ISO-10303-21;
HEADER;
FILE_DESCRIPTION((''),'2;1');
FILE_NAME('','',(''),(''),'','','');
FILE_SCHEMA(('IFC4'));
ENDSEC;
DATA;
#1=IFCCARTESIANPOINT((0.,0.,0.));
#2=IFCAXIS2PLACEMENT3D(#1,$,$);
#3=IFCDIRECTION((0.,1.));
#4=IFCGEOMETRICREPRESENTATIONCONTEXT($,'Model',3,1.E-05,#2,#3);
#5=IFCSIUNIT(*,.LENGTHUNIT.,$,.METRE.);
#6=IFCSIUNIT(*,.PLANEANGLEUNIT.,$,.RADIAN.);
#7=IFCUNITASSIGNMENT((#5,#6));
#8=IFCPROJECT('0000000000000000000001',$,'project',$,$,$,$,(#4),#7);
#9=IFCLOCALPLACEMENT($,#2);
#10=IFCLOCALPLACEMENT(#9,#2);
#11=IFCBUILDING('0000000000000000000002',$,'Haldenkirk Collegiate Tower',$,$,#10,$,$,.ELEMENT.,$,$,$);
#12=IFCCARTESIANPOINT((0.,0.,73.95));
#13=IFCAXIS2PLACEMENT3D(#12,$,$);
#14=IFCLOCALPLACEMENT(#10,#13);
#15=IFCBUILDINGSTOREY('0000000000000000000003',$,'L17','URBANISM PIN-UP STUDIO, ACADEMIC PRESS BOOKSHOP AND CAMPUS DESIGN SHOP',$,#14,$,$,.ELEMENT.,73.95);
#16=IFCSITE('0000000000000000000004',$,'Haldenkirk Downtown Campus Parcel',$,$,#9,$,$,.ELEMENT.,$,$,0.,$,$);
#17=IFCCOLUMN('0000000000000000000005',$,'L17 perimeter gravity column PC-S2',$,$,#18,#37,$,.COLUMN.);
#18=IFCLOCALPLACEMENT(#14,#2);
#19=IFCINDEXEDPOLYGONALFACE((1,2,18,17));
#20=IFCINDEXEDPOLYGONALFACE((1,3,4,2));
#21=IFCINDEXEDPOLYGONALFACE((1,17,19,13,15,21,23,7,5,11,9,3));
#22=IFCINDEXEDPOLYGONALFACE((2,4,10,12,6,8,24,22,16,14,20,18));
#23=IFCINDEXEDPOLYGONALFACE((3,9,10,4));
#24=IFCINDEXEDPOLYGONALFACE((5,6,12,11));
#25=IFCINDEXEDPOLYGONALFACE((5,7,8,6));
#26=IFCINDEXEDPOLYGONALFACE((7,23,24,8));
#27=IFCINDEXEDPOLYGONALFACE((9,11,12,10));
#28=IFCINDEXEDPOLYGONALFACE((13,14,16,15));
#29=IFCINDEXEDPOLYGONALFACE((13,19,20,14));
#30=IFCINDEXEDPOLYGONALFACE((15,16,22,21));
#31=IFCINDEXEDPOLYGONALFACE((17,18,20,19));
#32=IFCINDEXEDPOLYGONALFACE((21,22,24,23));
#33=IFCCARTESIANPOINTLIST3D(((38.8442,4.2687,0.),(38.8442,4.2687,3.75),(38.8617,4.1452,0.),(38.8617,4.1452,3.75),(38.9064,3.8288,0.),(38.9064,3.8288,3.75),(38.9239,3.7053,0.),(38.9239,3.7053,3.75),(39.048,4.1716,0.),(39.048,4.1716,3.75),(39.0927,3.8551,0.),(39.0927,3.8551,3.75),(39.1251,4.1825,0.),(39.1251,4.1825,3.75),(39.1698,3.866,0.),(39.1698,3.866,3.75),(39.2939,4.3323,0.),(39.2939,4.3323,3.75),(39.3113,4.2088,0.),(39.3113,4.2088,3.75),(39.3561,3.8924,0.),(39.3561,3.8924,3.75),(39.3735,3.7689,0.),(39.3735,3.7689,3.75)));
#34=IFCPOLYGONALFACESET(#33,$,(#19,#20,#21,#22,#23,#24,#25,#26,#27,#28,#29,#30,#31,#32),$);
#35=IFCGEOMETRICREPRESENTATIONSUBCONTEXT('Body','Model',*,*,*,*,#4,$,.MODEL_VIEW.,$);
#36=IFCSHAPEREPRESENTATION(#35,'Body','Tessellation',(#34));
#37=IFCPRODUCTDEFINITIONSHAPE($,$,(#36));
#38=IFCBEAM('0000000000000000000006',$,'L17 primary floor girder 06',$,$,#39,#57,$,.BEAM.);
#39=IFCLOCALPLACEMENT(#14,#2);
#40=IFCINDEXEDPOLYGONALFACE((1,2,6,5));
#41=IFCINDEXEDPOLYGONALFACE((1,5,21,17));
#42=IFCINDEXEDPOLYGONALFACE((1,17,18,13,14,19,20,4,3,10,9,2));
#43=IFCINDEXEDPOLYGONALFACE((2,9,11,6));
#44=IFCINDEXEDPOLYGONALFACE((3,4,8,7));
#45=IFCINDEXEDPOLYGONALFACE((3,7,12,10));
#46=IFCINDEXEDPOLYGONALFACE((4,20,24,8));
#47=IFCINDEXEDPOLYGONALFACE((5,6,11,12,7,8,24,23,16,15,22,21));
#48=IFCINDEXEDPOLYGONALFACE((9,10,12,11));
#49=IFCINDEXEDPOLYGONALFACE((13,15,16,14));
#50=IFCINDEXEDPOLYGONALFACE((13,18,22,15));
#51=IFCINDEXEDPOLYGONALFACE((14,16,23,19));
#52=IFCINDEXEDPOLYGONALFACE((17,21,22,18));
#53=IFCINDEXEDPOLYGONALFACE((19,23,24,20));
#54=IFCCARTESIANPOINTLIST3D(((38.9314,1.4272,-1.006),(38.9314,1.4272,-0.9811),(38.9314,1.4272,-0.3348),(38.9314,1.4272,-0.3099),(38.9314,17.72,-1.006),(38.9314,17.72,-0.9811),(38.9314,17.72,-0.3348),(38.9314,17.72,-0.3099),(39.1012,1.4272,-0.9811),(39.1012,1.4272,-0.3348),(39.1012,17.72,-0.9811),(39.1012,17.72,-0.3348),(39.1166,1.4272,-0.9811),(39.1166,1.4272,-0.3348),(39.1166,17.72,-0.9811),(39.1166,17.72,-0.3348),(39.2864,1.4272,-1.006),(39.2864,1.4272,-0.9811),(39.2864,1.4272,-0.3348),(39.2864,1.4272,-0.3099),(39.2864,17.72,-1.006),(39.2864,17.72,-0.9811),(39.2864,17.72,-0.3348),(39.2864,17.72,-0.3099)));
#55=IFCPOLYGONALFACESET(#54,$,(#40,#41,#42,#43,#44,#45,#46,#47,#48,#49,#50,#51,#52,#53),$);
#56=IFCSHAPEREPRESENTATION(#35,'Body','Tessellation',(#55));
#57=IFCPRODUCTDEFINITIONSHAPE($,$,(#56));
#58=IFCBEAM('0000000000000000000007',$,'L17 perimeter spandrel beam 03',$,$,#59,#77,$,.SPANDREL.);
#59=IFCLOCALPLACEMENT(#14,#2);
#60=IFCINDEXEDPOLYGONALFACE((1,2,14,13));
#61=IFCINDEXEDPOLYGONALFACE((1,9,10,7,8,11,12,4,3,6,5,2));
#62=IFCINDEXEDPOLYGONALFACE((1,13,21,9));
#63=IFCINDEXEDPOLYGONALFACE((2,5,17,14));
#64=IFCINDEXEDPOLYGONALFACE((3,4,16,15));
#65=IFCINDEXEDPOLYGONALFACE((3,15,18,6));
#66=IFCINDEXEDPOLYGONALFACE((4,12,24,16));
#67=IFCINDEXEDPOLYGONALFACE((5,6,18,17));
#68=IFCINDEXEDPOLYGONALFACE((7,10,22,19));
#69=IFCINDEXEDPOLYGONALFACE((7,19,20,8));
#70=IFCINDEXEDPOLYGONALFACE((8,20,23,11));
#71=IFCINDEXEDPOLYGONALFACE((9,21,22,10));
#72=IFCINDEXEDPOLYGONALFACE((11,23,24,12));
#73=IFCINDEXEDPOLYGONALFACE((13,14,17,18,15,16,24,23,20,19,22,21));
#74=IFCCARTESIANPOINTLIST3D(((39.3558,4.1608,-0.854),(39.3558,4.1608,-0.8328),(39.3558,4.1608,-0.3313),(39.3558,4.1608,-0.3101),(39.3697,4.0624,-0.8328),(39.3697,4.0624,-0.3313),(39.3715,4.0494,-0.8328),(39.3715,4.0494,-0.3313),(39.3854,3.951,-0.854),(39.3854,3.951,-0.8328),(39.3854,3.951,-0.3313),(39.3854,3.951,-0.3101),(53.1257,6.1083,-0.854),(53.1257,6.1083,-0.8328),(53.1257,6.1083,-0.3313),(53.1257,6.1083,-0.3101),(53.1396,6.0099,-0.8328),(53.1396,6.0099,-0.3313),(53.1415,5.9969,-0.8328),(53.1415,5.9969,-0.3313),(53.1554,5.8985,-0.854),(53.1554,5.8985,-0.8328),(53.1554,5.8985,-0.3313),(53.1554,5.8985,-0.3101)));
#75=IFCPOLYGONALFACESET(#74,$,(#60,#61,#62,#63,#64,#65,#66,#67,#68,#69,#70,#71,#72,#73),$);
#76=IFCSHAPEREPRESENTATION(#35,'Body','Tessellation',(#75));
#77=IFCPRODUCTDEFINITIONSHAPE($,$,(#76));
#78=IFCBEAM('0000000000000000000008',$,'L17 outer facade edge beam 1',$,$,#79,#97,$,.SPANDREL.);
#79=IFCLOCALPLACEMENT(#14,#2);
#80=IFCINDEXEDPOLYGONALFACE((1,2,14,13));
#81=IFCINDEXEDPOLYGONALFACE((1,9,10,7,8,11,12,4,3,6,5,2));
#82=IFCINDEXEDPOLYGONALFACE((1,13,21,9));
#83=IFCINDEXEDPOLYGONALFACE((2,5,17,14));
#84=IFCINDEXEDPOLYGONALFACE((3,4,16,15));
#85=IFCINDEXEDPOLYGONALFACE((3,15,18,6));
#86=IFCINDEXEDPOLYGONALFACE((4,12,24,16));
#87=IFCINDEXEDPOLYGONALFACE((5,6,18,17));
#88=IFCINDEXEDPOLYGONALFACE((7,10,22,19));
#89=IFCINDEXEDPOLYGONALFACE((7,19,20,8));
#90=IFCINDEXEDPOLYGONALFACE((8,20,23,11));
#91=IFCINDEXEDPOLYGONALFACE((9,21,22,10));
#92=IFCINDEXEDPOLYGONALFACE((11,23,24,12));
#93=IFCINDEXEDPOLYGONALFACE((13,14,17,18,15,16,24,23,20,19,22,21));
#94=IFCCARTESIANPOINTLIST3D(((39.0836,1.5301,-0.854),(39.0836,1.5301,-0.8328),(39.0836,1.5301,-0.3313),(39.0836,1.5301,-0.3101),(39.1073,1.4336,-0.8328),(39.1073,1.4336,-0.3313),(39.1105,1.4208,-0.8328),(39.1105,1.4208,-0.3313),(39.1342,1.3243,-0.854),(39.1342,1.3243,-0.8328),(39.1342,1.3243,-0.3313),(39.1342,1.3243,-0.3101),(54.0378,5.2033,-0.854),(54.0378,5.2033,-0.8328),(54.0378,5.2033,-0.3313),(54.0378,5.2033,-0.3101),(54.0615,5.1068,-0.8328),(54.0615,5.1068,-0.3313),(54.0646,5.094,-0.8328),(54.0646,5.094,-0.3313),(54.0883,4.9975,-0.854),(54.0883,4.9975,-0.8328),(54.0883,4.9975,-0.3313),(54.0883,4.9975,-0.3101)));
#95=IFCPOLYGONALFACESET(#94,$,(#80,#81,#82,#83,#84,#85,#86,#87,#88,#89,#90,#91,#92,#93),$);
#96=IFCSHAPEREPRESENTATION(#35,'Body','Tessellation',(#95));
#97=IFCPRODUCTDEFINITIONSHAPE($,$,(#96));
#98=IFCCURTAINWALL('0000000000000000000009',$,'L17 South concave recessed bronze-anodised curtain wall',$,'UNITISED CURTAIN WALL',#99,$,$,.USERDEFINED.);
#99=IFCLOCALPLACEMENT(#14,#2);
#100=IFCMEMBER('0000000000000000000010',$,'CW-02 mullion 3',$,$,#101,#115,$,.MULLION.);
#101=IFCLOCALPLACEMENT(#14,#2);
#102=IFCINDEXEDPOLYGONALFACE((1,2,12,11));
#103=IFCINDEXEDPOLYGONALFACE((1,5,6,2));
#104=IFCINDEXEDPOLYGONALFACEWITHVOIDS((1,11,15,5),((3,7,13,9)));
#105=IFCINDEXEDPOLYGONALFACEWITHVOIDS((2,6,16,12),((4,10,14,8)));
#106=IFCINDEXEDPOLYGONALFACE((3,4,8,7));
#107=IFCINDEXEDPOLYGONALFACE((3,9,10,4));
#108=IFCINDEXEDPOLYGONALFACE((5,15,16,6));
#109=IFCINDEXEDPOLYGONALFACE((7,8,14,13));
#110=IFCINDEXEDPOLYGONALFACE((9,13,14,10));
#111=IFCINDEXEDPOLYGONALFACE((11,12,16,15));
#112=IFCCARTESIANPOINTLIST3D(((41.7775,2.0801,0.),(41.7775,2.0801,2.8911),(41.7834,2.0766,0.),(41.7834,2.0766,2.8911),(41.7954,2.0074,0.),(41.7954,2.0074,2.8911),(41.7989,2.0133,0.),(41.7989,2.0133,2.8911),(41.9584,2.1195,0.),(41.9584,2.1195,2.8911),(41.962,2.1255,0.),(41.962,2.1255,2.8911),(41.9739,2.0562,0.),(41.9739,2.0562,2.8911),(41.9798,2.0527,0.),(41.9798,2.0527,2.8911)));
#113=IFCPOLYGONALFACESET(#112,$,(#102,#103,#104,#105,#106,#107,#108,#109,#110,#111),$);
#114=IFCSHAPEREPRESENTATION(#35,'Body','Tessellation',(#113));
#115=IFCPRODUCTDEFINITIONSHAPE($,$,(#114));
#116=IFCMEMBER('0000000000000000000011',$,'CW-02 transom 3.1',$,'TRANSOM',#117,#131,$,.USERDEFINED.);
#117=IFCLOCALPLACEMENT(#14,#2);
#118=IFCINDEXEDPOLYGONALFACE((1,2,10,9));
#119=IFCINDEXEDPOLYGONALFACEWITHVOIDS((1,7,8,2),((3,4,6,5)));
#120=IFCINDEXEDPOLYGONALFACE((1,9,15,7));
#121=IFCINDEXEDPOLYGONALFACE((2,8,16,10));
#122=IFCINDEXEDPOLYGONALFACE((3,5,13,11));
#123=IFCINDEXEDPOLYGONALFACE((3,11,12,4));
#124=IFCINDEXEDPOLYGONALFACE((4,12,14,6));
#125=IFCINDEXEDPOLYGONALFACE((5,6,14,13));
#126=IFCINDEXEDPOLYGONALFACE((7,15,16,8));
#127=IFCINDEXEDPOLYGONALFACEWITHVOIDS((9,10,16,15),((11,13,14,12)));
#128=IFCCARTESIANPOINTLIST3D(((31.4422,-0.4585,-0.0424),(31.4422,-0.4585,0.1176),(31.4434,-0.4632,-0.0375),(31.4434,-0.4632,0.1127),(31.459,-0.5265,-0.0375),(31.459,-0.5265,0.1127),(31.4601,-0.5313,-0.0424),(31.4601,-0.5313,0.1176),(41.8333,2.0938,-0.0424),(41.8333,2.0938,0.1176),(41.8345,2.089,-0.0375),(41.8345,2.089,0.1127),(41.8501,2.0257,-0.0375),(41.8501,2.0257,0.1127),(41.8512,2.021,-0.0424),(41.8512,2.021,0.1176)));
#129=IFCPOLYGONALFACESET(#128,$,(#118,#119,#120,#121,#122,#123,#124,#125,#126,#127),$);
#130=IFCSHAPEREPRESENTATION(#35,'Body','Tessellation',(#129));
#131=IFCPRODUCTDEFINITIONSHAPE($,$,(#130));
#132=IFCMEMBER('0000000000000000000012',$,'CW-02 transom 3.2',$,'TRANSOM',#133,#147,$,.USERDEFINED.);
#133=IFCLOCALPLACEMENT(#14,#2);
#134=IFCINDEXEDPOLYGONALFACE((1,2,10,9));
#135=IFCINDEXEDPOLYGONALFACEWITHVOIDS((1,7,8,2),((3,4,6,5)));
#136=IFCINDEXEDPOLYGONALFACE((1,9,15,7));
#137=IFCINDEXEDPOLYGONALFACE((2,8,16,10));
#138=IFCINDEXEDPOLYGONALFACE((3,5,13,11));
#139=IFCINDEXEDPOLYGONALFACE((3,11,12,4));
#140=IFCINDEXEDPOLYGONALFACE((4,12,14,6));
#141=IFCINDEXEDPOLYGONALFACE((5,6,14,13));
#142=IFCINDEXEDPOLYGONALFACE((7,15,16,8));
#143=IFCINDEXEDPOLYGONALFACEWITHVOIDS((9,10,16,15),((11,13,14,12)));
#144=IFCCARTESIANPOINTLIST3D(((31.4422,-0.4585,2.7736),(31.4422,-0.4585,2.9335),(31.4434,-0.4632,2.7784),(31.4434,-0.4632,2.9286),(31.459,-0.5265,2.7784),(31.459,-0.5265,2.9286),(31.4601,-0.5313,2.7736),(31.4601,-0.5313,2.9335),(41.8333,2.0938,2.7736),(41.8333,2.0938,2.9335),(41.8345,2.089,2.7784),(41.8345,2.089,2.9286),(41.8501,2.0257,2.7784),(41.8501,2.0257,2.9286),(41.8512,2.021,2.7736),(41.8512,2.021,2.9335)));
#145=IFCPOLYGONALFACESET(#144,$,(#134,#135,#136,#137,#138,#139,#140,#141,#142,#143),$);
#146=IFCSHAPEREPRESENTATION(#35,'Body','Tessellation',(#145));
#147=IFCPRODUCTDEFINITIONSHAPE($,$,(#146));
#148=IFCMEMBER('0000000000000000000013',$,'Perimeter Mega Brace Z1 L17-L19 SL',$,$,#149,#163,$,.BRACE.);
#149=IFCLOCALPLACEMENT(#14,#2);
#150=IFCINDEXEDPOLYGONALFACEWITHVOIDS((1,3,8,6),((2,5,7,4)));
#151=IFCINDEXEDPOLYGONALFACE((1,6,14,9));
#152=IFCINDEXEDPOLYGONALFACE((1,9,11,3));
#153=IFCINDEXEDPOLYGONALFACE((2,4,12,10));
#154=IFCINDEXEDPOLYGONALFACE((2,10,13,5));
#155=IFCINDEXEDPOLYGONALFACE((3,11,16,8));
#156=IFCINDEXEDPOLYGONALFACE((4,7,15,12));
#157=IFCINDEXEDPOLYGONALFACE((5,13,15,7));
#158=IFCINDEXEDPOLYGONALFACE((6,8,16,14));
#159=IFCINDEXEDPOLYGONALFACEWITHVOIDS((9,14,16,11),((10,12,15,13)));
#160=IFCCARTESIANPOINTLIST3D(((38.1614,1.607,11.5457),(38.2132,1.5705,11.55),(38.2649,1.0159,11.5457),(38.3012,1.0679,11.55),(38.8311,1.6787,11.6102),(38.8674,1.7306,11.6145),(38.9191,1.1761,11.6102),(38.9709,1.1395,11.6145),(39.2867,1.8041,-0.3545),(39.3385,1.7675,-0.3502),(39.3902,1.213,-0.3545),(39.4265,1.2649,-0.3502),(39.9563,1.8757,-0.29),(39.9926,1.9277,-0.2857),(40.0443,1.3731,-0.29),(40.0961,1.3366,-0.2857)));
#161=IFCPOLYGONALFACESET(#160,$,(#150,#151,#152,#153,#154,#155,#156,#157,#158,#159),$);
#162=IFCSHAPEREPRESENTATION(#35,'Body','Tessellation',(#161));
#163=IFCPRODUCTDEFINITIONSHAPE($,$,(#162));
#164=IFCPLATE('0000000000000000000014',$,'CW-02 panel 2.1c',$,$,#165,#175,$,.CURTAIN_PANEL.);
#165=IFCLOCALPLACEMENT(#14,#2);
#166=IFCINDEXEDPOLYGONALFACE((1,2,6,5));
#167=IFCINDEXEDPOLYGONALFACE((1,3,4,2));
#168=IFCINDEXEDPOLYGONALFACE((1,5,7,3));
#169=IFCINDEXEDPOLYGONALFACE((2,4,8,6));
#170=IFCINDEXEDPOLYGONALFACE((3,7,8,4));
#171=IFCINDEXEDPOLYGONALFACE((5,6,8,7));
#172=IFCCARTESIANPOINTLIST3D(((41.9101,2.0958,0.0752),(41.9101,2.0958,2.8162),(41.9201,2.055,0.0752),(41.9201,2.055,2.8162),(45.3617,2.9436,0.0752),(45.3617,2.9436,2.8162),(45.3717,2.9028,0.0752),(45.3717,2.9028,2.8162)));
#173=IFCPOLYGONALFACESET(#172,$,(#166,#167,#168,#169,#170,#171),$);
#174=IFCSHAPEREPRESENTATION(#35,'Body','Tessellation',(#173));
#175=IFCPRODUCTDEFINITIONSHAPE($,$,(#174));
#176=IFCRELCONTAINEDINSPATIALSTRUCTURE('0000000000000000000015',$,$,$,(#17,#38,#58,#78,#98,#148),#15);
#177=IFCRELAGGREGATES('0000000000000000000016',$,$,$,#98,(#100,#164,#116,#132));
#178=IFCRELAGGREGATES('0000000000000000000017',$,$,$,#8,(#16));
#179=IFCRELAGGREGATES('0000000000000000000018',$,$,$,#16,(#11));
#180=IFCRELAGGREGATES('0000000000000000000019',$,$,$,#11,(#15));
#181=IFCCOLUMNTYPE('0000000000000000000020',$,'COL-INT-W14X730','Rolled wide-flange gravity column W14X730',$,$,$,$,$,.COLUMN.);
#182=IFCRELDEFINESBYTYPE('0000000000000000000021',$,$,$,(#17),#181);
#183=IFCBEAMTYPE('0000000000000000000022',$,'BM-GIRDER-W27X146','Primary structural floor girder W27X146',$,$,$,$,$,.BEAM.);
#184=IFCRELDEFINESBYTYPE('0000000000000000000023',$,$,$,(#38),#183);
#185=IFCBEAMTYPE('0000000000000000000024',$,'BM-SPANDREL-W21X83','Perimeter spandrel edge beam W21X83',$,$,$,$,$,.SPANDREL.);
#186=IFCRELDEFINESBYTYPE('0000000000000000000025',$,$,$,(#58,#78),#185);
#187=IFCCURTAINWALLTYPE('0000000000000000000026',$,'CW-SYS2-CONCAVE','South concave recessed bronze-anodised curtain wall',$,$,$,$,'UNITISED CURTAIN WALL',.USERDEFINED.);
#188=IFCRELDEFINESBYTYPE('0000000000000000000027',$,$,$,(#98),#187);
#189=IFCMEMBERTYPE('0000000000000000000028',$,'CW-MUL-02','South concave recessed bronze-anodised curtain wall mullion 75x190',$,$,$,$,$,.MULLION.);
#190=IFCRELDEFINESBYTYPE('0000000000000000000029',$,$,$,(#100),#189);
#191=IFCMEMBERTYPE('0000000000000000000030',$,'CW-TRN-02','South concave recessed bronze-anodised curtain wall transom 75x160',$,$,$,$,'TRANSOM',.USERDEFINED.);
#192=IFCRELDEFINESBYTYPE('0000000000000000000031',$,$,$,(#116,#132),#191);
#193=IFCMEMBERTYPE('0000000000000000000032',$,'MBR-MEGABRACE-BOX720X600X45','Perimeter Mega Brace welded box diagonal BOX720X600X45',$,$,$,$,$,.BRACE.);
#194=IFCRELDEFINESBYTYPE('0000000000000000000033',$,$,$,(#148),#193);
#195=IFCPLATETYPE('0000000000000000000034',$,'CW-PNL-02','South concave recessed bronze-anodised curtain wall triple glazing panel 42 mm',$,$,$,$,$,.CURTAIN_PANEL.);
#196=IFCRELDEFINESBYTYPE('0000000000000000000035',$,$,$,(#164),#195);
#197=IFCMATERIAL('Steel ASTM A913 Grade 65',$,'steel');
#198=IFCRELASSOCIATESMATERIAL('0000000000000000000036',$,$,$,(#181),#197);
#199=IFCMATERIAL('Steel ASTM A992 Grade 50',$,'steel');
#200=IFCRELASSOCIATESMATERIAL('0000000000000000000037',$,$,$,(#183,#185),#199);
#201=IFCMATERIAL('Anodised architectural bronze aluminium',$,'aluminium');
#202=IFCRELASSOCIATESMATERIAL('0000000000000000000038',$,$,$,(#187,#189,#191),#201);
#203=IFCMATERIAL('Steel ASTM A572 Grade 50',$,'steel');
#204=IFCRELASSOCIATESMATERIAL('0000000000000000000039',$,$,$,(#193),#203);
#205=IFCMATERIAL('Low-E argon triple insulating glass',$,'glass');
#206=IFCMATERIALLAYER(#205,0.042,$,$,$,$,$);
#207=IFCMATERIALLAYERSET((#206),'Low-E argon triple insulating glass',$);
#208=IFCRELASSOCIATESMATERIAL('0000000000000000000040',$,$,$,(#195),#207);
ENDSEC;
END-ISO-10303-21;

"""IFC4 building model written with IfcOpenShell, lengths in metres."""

from ifc_helpers import new_model, si_unit, direction, frame, origin, origin_2d, place, context, subcontext, project, spatial, rectangle, hollow_rectangle, i_section, extrude, source, transform, mapped, material, layer, layer_set, material_profile, profile_set, type_object, element, aggregate, save


model = new_model("IFC4")

# Units and contexts
model_context = context("Model", 3, precision=1e-05, world=origin(), true_north=direction((0.0, 1.0)))
body_context = subcontext(model_context, "Body", "Model", "MODEL_VIEW")
ifc_project = project(units=[si_unit("LENGTHUNIT", "METRE"), si_unit("PLANEANGLEUNIT", "RADIAN")], contexts=[model_context])

# Site, building, storey
site_placement = place(None, origin())
site = spatial("IfcSite", under=ifc_project, at=site_placement, Name="Haldenkirk Downtown Campus Parcel", CompositionType="ELEMENT", RefElevation=0.0)
building_placement = place(site_placement, origin())
building = spatial("IfcBuilding", under=site, at=building_placement, Name="Haldenkirk Collegiate Tower", CompositionType="ELEMENT")
storey_placement = place(building_placement, frame((0.0, 0.0, 73.95)))
storey = spatial("IfcBuildingStorey", under=building, at=storey_placement, Name="L17", Description="URBANISM PIN-UP STUDIO, ACADEMIC PRESS BOOKSHOP AND CAMPUS DESIGN SHOP", CompositionType="ELEMENT", Elevation=73.95)

# Column
ifc_material_1 = material(Name="Steel ASTM A913 Grade 65", Category="steel")
ifc_material_profile_1 = material_profile(ifc_material_1, i_section(OverallWidth=0.4541, OverallDepth=0.5691, WebThickness=0.0779, FlangeThickness=0.1248, at=origin_2d()), Name="W14X730")
ifc_profile_set_1 = profile_set([ifc_material_profile_1], Name="Steel ASTM A913 Grade 65")
column_type = type_object("IfcColumnType", Name="COL-INT-W14X730", Description="Rolled wide-flange gravity column W14X730", PredefinedType="COLUMN", material=ifc_profile_set_1)
column_placement = place(storey_placement, frame((39.1089, 4.0188, 0.0), z_axis=(0.0, 0.0, 1.0), x_axis=(0.990146, 0.140037, 0.0)))
element("IfcColumn", 1, at=column_placement, inside=storey, type_object=column_type, Name="L17 perimeter gravity column PC-S2", PredefinedType="COLUMN", context=body_context, shape_type="SweptSolid", body=[
    extrude(i_section(OverallWidth=0.4541, OverallDepth=0.5691, WebThickness=0.0779, FlangeThickness=0.1248, at=origin_2d()), origin(), (0.0, 0.0, 1.0), 3.75),
])

# Beams
ifc_material_2 = material(Name="Steel ASTM A992 Grade 50", Category="steel")
ifc_material_profile_2 = material_profile(ifc_material_2, i_section(OverallWidth=0.355, OverallDepth=0.696, WebThickness=0.0154, FlangeThickness=0.0249, at=origin_2d()), Name="W27X146")
ifc_profile_set_2 = profile_set([ifc_material_profile_2], Name="Steel ASTM A992 Grade 50")
beam_type_1 = type_object("IfcBeamType", Name="BM-GIRDER-W27X146", Description="Primary structural floor girder W27X146", PredefinedType="BEAM", material=ifc_profile_set_2)
beam_1_placement = place(storey_placement, frame((39.1089, 1.4272, -0.658), z_axis=(0.0, 1.0, 0.0), x_axis=(-1.0, 0.0, 0.0)))
element("IfcBeam", 2, at=beam_1_placement, inside=storey, type_object=beam_type_1, Name="L17 primary floor girder 06", PredefinedType="BEAM", context=body_context, shape_type="SweptSolid", body=[
    extrude(i_section(OverallWidth=0.355, OverallDepth=0.696, WebThickness=0.0154, FlangeThickness=0.0249, at=origin_2d()), origin(), (0.0, 0.0, 1.0), 16.2927),
])
ifc_material_profile_3 = material_profile(ifc_material_2, i_section(OverallWidth=0.2119, OverallDepth=0.5439, WebThickness=0.0132, FlangeThickness=0.0212, at=origin_2d()), Name="W21X83")
ifc_profile_set_3 = profile_set([ifc_material_profile_3], Name="Steel ASTM A992 Grade 50")
beam_type_2 = type_object("IfcBeamType", Name="BM-SPANDREL-W21X83", Description="Perimeter spandrel edge beam W21X83", PredefinedType="SPANDREL", material=ifc_profile_set_3)
beam_2_placement = place(storey_placement, frame((39.3706, 4.0559, -0.582), z_axis=(0.990146, 0.140038, 0.0), x_axis=(-0.140038, 0.990146, 0.0)))
element("IfcBeam", 3, at=beam_2_placement, inside=storey, type_object=beam_type_2, Name="L17 perimeter spandrel beam 03", PredefinedType="SPANDREL", context=body_context, shape_type="SweptSolid", body=[
    extrude(i_section(OverallWidth=0.2119, OverallDepth=0.5439, WebThickness=0.0132, FlangeThickness=0.0212, at=origin_2d()), origin(), (0.0, 0.0, 1.0), 13.907),
])
beam_3_placement = place(storey_placement, frame((39.1089, 1.4272, -0.582), z_axis=(0.971134, 0.238534, 0.0), x_axis=(-0.238534, 0.971134, 0.0)))
element("IfcBeam", 4, at=beam_3_placement, inside=storey, type_object=beam_type_2, Name="L17 outer facade edge beam 1", PredefinedType="SPANDREL", context=body_context, shape_type="SweptSolid", body=[
    extrude(i_section(OverallWidth=0.2119, OverallDepth=0.5439, WebThickness=0.0132, FlangeThickness=0.0212, at=origin_2d()), origin(), (0.0, 0.0, 1.0), 15.3987),
])

# Curtain wall, members
ifc_material_3 = material(Name="Anodised architectural bronze aluminium", Category="aluminium")
curtain_wall_type = type_object("IfcCurtainWallType", Name="CW-SYS2-CONCAVE", Description="South concave recessed bronze-anodised curtain wall", ElementType="UNITISED CURTAIN WALL", PredefinedType="USERDEFINED", material=ifc_material_3)
curtain_wall_placement = place(storey_placement, origin())
curtain_wall = element("IfcCurtainWall", 5, at=curtain_wall_placement, inside=storey, type_object=curtain_wall_type, Name="L17 South concave recessed bronze-anodised curtain wall", ObjectType="UNITISED CURTAIN WALL", PredefinedType="USERDEFINED")
ifc_material_profile_4 = material_profile(ifc_material_3, hollow_rectangle(XDim=0.075, YDim=0.1899, WallThickness=0.0049, at=origin_2d()), Name="CW-MUL-02")
ifc_profile_set_4 = profile_set([ifc_material_profile_4], Name="Anodised architectural bronze aluminium")
member_type_1 = type_object("IfcMemberType", Name="CW-MUL-02", Description="South concave recessed bronze-anodised curtain wall mullion 75x190", PredefinedType="MULLION", material=ifc_profile_set_4)
member_1_placement = place(storey_placement, frame((41.8787, 2.0664, 0.0), z_axis=(0.0, 0.0, 1.0), x_axis=(0.238533, -0.971134, 0.0)))
member_1 = element("IfcMember", 6, at=member_1_placement, type_object=member_type_1, Name="CW-02 mullion 3", PredefinedType="MULLION", context=body_context, shape_type="SweptSolid", body=[
    extrude(hollow_rectangle(XDim=0.075, YDim=0.1899, WallThickness=0.0049, at=origin_2d()), origin(), (0.0, 0.0, 1.0), 2.8911),
])
ifc_material_profile_5 = material_profile(ifc_material_3, hollow_rectangle(XDim=0.075, YDim=0.1599, WallThickness=0.0049, at=origin_2d()), Name="CW-TRN-02")
ifc_profile_set_5 = profile_set([ifc_material_profile_5], Name="Anodised architectural bronze aluminium")
member_type_2 = type_object("IfcMemberType", Name="CW-TRN-02", Description="South concave recessed bronze-anodised curtain wall transom 75x160", ElementType="TRANSOM", PredefinedType="USERDEFINED", material=ifc_profile_set_5)
member_2_placement = place(storey_placement, frame((41.8423, 2.0574, 0.0376), z_axis=(-0.971135, -0.238529, 0.0), x_axis=(0.238529, -0.971135, 0.0)))
member_2 = element("IfcMember", 7, at=member_2_placement, type_object=member_type_2, Name="CW-02 transom 3.1", ObjectType="TRANSOM", PredefinedType="USERDEFINED", context=body_context, shape_type="SweptSolid", body=[
    extrude(hollow_rectangle(XDim=0.075, YDim=0.1599, WallThickness=0.0049, at=origin_2d()), origin(), (0.0, 0.0, 1.0), 10.7),
])
member_3_placement = place(storey_placement, frame((41.8423, 2.0574, 2.8535), z_axis=(-0.971135, -0.238529, 0.0), x_axis=(0.238529, -0.971135, 0.0)))
member_3 = element("IfcMember", 8, at=member_3_placement, type_object=member_type_2, Name="CW-02 transom 3.2", ObjectType="TRANSOM", PredefinedType="USERDEFINED", context=body_context, shape_type="SweptSolid", body=[
    extrude(hollow_rectangle(XDim=0.075, YDim=0.1599, WallThickness=0.0049, at=origin_2d()), origin(), (0.0, 0.0, 1.0), 10.7),
])

# Member
ifc_material_4 = material(Name="Steel ASTM A572 Grade 50", Category="steel")
ifc_material_profile_6 = material_profile(ifc_material_4, hollow_rectangle(XDim=0.6001, YDim=0.72, WallThickness=0.0449, at=origin_2d()), Name="BOX720X600X45")
ifc_profile_set_6 = profile_set([ifc_material_profile_6], Name="Steel ASTM A572 Grade 50")
member_type_3 = type_object("IfcMemberType", Name="MBR-MEGABRACE-BOX720X600X45", Description="Perimeter Mega Brace welded box diagonal BOX720X600X45", PredefinedType="BRACE", material=ifc_profile_set_6)
member_4_placement = place(storey_placement, frame((39.6914, 1.5703, -0.3201), z_axis=(-0.094124, -0.01648, 0.995424), x_axis=(0.172468, -0.985015, 0.0)))
element("IfcMember", 9, at=member_4_placement, inside=storey, type_object=member_type_3, Name="Perimeter Mega Brace Z1 L17-L19 SL", PredefinedType="BRACE", context=body_context, shape_type="SweptSolid", body=[
    extrude(hollow_rectangle(XDim=0.6001, YDim=0.72, WallThickness=0.0449, at=origin_2d()), origin(), (0.0, 0.0, 1.0), 11.9548),
])

# Plate
ifc_material_5 = material(Name="Low-E argon triple insulating glass", Category="glass")
ifc_layer_1 = layer(ifc_material_5, 0.042)
ifc_layer_set_1 = layer_set([ifc_layer_1], Name="Low-E argon triple insulating glass")
plate_type_1 = type_object("IfcPlateType", Name="CW-PNL-02", Description="South concave recessed bronze-anodised curtain wall triple glazing panel 42 mm", PredefinedType="CURTAIN_PANEL", material=ifc_layer_set_1)
shared_shape_1 = source(origin(), body_context, "Body", "SweptSolid", [
    extrude(rectangle(XDim=3.5542, YDim=0.042, at=origin_2d()), origin(), (0.0, 0.0, 1.0), 2.741),
])
plate_1_placement = place(storey_placement, frame((43.6409, 2.4993, 0.0752), z_axis=(0.0, 0.0, 1.0), x_axis=(-0.971134, -0.238533, 0.0)))
plate_1 = element("IfcPlate", 10, at=plate_1_placement, type_object=plate_type_1, Name="CW-02 panel 2.1c", PredefinedType="CURTAIN_PANEL", context=body_context, shape_type="MappedRepresentation", body=[
    mapped(shared_shape_1, transform((0.0, 0.0, 0.0), x_axis=(1.0, 0.0, 0.0), y_axis=(0.0, 1.0, 0.0), z_axis=(0.0, 0.0, 1.0), scale=1.0)),
])
aggregate(curtain_wall, [member_1, plate_1, member_2, member_3])

save(model, "model.ifc")
